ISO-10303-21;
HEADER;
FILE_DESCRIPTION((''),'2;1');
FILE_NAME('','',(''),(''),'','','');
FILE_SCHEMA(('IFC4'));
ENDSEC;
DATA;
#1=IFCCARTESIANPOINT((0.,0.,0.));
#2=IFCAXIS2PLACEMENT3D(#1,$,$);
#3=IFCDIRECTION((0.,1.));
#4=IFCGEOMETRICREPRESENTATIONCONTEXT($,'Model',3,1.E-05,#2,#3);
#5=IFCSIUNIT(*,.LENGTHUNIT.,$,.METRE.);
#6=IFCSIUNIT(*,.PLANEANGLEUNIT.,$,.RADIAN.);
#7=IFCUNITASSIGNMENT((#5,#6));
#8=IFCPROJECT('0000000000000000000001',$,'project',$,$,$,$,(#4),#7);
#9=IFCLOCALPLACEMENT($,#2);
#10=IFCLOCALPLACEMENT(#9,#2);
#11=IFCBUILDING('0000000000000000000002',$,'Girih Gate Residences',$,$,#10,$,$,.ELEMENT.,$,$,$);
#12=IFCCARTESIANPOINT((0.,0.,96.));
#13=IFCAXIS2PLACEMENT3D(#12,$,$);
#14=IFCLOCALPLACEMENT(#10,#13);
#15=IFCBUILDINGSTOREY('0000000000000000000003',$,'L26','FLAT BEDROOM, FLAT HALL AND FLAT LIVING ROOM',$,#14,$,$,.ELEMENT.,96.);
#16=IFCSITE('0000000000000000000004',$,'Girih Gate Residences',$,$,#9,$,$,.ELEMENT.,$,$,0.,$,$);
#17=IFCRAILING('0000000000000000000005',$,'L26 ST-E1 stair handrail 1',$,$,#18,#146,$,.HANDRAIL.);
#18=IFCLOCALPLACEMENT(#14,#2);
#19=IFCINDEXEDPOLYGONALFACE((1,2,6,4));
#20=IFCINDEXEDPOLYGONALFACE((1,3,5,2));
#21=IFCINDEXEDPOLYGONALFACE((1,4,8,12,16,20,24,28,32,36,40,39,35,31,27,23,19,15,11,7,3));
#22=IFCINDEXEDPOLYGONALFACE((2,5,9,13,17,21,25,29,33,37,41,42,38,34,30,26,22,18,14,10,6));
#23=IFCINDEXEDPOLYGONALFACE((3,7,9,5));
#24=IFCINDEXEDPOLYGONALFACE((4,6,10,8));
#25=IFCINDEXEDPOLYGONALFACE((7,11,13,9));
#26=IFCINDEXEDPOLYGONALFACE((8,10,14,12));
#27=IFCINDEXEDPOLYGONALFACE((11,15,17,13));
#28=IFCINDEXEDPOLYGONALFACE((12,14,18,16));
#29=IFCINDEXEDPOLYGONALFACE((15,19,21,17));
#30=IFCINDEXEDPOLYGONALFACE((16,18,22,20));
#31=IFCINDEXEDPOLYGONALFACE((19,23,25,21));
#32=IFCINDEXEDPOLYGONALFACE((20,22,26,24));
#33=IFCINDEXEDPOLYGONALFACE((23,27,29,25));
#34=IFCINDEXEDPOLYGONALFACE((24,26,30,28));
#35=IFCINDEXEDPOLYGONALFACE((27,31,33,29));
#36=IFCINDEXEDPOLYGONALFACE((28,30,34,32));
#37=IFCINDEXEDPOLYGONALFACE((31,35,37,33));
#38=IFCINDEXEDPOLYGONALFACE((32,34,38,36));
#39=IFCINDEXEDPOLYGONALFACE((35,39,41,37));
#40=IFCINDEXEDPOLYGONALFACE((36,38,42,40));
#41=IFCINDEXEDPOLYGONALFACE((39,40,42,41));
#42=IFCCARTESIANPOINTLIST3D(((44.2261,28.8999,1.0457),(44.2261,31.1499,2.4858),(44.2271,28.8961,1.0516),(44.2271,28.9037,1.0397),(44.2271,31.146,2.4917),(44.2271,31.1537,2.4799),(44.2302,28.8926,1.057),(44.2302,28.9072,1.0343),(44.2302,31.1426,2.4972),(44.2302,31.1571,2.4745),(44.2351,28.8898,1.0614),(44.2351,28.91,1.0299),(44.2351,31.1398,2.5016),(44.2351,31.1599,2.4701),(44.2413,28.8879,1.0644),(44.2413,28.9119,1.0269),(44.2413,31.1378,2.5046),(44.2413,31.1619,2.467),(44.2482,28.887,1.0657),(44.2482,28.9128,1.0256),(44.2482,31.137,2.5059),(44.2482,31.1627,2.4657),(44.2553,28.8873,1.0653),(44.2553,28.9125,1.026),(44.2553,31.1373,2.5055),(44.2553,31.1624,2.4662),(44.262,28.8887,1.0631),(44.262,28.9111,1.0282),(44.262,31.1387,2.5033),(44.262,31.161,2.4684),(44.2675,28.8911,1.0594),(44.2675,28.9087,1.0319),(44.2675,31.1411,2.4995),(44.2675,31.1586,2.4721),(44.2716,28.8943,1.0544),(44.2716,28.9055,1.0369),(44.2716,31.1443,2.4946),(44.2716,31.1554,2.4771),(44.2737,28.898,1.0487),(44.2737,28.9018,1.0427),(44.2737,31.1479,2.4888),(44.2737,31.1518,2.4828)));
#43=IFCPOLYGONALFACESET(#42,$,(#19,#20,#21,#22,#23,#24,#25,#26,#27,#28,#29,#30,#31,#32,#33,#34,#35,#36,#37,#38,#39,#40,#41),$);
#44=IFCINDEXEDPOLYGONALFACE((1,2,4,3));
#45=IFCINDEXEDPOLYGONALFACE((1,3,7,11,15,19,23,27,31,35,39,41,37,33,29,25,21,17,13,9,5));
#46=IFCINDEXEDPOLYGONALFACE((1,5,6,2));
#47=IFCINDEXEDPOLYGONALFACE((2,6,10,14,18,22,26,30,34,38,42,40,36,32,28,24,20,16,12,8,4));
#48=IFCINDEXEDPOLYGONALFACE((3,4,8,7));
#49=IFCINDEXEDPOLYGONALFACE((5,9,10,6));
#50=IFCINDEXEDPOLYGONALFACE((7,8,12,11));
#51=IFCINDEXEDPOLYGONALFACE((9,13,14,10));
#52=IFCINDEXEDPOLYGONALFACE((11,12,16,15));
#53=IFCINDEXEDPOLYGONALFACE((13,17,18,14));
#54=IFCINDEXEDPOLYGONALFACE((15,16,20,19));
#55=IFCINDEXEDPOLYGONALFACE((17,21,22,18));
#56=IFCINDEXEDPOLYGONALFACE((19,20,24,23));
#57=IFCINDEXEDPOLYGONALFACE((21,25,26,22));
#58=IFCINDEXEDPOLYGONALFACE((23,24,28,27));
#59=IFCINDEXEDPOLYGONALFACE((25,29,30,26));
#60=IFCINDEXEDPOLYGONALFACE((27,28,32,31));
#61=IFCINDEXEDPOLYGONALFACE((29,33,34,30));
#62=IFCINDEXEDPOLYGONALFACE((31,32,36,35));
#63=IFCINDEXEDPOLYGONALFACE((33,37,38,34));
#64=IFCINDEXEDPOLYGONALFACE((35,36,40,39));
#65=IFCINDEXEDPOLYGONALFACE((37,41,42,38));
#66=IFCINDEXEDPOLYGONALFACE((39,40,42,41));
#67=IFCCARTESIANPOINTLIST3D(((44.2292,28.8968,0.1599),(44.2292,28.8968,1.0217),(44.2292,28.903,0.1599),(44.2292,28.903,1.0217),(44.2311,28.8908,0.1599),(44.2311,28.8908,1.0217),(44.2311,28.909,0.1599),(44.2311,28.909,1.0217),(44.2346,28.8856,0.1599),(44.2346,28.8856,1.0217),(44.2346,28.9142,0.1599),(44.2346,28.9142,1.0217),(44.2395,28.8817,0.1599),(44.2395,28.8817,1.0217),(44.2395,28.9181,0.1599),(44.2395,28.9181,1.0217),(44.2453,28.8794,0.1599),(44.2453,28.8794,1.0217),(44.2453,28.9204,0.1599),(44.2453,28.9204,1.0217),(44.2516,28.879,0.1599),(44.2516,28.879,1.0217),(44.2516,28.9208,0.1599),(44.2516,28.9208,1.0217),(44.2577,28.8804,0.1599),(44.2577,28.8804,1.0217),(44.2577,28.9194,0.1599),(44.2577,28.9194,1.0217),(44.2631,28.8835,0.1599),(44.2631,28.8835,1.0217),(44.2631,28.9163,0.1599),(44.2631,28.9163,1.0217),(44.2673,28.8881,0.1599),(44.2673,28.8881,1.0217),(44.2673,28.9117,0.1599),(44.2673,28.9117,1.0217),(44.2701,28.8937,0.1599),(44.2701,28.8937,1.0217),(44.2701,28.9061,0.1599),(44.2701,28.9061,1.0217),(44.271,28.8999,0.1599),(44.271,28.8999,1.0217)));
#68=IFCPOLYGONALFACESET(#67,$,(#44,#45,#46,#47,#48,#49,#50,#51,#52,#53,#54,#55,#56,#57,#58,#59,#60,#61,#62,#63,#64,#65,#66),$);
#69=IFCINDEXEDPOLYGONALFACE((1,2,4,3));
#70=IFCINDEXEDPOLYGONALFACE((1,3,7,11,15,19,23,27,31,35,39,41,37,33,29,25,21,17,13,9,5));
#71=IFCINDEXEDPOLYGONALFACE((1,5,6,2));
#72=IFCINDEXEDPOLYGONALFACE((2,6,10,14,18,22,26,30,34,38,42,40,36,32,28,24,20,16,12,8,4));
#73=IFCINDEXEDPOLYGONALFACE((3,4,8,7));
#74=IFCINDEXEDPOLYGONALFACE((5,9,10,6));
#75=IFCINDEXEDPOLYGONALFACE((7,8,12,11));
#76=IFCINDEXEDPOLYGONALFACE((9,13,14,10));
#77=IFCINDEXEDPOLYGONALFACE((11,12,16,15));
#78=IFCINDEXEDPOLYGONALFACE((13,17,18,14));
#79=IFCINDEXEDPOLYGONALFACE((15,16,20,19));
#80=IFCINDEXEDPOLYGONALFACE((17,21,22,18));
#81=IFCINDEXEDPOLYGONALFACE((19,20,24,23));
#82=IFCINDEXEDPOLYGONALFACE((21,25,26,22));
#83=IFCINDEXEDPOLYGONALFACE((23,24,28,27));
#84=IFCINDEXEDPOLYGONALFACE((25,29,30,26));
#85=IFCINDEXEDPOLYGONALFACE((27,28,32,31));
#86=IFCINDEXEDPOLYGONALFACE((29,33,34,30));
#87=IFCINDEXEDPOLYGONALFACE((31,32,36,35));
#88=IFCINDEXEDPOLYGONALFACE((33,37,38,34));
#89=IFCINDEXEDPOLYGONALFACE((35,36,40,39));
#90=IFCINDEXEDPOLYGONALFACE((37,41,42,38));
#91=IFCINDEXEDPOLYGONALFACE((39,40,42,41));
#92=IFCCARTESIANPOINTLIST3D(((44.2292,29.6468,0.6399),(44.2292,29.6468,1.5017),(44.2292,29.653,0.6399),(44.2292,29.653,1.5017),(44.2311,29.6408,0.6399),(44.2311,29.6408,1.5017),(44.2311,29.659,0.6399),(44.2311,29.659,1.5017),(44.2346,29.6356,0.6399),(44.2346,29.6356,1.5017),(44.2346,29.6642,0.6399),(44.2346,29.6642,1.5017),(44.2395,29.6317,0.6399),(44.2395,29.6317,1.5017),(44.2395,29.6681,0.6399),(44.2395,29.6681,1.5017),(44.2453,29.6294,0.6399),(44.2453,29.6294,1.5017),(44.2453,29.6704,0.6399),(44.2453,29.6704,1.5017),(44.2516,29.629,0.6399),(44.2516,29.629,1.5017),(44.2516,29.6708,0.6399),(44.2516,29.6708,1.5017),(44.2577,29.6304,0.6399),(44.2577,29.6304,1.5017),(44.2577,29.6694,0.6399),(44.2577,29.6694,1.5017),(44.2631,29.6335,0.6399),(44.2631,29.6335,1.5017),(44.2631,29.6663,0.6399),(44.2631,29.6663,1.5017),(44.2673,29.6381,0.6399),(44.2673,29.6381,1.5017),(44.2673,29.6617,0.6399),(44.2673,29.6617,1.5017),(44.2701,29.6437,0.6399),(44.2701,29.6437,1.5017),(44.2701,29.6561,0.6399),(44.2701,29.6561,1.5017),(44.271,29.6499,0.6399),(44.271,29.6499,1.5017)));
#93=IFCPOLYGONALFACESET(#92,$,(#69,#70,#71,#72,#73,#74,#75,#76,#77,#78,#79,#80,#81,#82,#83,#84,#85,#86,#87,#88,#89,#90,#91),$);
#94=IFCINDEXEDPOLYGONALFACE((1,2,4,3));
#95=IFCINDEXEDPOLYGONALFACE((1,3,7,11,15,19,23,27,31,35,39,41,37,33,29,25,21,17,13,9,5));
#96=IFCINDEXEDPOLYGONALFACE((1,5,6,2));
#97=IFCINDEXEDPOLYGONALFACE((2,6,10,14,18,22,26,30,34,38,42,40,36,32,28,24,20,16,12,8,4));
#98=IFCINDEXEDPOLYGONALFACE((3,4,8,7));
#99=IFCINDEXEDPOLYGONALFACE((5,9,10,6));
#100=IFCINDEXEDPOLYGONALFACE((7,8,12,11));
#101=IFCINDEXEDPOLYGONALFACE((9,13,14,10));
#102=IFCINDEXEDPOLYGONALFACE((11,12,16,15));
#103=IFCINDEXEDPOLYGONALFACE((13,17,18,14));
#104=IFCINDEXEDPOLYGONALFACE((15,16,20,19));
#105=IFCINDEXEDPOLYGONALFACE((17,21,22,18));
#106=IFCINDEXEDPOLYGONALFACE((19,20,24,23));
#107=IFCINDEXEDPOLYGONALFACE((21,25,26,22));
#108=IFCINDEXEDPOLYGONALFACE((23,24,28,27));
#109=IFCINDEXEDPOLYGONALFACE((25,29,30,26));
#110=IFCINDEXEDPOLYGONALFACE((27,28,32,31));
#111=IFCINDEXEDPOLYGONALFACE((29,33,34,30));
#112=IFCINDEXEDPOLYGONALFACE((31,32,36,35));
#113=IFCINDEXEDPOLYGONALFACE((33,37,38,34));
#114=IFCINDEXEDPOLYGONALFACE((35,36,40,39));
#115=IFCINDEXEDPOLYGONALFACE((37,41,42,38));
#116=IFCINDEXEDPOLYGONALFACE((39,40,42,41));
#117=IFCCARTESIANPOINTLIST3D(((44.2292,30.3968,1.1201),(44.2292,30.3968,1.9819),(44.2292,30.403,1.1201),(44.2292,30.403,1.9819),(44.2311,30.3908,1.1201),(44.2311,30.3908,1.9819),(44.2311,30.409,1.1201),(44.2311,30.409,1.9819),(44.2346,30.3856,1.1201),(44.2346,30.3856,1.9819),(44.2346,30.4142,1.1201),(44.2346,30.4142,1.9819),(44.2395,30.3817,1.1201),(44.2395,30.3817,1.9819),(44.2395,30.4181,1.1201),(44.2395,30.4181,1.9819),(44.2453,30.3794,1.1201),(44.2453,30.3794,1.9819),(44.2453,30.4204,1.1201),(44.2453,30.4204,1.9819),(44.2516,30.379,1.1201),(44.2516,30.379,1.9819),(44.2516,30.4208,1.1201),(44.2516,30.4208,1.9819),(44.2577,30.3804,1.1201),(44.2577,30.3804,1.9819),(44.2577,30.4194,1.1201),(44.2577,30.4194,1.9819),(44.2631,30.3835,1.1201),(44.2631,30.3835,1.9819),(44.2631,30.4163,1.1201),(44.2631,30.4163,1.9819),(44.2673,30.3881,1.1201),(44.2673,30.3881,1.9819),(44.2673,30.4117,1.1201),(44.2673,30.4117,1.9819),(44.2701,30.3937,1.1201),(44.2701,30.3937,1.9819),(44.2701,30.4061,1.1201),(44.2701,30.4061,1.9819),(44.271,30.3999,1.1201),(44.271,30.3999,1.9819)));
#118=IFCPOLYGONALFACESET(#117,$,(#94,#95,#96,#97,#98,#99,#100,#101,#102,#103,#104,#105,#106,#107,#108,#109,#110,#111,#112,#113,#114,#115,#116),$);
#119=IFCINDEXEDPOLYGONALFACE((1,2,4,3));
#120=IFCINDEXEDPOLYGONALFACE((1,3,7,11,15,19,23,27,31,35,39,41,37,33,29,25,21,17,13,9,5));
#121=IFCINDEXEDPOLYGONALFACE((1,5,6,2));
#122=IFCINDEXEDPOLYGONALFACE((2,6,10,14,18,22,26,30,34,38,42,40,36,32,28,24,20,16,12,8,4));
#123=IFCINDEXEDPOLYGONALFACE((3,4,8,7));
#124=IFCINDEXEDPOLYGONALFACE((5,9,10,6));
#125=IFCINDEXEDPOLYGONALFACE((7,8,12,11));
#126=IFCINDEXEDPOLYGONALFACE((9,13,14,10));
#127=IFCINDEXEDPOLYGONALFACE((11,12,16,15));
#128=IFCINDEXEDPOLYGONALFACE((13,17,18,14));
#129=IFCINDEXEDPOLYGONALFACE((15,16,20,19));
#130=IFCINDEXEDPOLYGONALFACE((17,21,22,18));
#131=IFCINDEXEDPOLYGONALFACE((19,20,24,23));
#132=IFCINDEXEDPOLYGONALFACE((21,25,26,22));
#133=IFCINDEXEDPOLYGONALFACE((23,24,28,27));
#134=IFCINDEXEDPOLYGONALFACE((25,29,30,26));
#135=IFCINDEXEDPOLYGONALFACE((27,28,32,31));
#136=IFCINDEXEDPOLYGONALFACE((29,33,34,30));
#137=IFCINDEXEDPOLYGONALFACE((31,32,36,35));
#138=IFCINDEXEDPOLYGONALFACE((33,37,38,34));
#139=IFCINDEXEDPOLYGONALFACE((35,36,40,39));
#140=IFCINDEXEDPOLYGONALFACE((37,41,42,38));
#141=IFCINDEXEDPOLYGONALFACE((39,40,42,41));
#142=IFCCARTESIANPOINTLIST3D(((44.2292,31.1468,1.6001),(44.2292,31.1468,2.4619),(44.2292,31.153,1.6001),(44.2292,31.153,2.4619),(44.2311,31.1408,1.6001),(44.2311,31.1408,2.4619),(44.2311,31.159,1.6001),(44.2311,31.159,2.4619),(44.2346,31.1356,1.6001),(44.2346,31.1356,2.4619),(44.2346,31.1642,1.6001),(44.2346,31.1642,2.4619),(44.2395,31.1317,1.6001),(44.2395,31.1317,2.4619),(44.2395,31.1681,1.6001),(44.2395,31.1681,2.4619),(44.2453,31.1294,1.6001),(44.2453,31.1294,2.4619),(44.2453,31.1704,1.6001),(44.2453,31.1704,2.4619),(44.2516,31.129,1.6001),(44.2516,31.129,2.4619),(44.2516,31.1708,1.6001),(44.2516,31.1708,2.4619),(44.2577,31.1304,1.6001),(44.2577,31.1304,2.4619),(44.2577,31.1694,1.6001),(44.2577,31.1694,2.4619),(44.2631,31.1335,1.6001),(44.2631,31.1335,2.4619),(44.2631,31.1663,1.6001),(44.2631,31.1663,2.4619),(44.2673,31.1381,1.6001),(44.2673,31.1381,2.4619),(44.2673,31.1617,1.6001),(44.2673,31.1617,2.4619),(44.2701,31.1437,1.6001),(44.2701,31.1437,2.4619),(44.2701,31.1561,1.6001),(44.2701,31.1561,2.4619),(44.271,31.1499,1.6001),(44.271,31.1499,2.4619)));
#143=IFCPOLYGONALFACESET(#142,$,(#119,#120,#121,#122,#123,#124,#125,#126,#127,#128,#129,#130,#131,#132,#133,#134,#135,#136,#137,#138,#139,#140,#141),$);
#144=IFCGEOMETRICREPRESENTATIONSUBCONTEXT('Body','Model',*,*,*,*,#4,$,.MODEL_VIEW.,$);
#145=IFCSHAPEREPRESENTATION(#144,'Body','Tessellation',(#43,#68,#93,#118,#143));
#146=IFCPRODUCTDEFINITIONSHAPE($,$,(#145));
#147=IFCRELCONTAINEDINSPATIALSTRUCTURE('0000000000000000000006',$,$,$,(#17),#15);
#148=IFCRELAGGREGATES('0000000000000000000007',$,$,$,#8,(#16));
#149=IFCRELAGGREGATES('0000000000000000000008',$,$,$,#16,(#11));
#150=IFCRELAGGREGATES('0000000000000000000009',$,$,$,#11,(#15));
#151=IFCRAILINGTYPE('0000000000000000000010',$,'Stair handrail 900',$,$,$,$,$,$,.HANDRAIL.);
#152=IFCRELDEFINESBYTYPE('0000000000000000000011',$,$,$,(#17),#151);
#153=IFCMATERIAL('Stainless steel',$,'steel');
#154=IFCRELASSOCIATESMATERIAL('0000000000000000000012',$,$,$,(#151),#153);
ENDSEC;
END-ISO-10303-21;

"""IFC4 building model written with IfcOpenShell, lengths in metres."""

from ifc_helpers import new_model, si_unit, direction, frame, origin, origin_2d, place, context, subcontext, project, spatial, circle, extrude, material, type_object, element, save


model = new_model("IFC4")

# Units and contexts
model_context = context("Model", 3, precision=1e-05, world=origin(), true_north=direction((0.0, 1.0)))
body_context = subcontext(model_context, "Body", "Model", "MODEL_VIEW")
ifc_project = project(units=[si_unit("LENGTHUNIT", "METRE"), si_unit("PLANEANGLEUNIT", "RADIAN")], contexts=[model_context])

# Site, building, storey
site_placement = place(None, origin())
site = spatial("IfcSite", under=ifc_project, at=site_placement, Name="Girih Gate Residences", CompositionType="ELEMENT", RefElevation=0.0)
building_placement = place(site_placement, origin())
building = spatial("IfcBuilding", under=site, at=building_placement, Name="Girih Gate Residences", CompositionType="ELEMENT")
storey_placement = place(building_placement, frame((0.0, 0.0, 96.0)))
storey = spatial("IfcBuildingStorey", under=building, at=storey_placement, Name="L26", Description="FLAT BEDROOM, FLAT HALL AND FLAT LIVING ROOM", CompositionType="ELEMENT", Elevation=96.0)

# Railing
ifc_material_1 = material(Name="Stainless steel", Category="steel")
railing_type_1 = type_object("IfcRailingType", Name="Stair handrail 900", PredefinedType="HANDRAIL", material=ifc_material_1)
railing_1_placement = place(storey_placement, frame((44.25, 28.8999, 0.1599)))
element("IfcRailing", 1, at=railing_1_placement, inside=storey, type_object=railing_type_1, Name="L26 ST-E1 stair handrail 1", PredefinedType="HANDRAIL", context=body_context, shape_type="SweptSolid", body=[
    extrude(circle(Radius=0.0239, at=origin_2d()), frame((0.0, 0.0, 0.8857), z_axis=(0.0, 0.84224, 0.539103), x_axis=(-1.0, 0.0, 0.0)), (0.0, 0.0, 1.0), 2.6714),
    extrude(circle(Radius=0.021, at=origin_2d()), origin(), (0.0, 0.0, 1.0), 0.8618),
    extrude(circle(Radius=0.021, at=origin_2d()), frame((0.0, 0.75, 0.48)), (0.0, 0.0, 1.0), 0.8618),
    extrude(circle(Radius=0.021, at=origin_2d()), frame((0.0, 1.5, 0.9602)), (0.0, 0.0, 1.0), 0.8618),
    extrude(circle(Radius=0.021, at=origin_2d()), frame((0.0, 2.25, 1.4402)), (0.0, 0.0, 1.0), 0.8618),
])

save(model, "model.ifc")
